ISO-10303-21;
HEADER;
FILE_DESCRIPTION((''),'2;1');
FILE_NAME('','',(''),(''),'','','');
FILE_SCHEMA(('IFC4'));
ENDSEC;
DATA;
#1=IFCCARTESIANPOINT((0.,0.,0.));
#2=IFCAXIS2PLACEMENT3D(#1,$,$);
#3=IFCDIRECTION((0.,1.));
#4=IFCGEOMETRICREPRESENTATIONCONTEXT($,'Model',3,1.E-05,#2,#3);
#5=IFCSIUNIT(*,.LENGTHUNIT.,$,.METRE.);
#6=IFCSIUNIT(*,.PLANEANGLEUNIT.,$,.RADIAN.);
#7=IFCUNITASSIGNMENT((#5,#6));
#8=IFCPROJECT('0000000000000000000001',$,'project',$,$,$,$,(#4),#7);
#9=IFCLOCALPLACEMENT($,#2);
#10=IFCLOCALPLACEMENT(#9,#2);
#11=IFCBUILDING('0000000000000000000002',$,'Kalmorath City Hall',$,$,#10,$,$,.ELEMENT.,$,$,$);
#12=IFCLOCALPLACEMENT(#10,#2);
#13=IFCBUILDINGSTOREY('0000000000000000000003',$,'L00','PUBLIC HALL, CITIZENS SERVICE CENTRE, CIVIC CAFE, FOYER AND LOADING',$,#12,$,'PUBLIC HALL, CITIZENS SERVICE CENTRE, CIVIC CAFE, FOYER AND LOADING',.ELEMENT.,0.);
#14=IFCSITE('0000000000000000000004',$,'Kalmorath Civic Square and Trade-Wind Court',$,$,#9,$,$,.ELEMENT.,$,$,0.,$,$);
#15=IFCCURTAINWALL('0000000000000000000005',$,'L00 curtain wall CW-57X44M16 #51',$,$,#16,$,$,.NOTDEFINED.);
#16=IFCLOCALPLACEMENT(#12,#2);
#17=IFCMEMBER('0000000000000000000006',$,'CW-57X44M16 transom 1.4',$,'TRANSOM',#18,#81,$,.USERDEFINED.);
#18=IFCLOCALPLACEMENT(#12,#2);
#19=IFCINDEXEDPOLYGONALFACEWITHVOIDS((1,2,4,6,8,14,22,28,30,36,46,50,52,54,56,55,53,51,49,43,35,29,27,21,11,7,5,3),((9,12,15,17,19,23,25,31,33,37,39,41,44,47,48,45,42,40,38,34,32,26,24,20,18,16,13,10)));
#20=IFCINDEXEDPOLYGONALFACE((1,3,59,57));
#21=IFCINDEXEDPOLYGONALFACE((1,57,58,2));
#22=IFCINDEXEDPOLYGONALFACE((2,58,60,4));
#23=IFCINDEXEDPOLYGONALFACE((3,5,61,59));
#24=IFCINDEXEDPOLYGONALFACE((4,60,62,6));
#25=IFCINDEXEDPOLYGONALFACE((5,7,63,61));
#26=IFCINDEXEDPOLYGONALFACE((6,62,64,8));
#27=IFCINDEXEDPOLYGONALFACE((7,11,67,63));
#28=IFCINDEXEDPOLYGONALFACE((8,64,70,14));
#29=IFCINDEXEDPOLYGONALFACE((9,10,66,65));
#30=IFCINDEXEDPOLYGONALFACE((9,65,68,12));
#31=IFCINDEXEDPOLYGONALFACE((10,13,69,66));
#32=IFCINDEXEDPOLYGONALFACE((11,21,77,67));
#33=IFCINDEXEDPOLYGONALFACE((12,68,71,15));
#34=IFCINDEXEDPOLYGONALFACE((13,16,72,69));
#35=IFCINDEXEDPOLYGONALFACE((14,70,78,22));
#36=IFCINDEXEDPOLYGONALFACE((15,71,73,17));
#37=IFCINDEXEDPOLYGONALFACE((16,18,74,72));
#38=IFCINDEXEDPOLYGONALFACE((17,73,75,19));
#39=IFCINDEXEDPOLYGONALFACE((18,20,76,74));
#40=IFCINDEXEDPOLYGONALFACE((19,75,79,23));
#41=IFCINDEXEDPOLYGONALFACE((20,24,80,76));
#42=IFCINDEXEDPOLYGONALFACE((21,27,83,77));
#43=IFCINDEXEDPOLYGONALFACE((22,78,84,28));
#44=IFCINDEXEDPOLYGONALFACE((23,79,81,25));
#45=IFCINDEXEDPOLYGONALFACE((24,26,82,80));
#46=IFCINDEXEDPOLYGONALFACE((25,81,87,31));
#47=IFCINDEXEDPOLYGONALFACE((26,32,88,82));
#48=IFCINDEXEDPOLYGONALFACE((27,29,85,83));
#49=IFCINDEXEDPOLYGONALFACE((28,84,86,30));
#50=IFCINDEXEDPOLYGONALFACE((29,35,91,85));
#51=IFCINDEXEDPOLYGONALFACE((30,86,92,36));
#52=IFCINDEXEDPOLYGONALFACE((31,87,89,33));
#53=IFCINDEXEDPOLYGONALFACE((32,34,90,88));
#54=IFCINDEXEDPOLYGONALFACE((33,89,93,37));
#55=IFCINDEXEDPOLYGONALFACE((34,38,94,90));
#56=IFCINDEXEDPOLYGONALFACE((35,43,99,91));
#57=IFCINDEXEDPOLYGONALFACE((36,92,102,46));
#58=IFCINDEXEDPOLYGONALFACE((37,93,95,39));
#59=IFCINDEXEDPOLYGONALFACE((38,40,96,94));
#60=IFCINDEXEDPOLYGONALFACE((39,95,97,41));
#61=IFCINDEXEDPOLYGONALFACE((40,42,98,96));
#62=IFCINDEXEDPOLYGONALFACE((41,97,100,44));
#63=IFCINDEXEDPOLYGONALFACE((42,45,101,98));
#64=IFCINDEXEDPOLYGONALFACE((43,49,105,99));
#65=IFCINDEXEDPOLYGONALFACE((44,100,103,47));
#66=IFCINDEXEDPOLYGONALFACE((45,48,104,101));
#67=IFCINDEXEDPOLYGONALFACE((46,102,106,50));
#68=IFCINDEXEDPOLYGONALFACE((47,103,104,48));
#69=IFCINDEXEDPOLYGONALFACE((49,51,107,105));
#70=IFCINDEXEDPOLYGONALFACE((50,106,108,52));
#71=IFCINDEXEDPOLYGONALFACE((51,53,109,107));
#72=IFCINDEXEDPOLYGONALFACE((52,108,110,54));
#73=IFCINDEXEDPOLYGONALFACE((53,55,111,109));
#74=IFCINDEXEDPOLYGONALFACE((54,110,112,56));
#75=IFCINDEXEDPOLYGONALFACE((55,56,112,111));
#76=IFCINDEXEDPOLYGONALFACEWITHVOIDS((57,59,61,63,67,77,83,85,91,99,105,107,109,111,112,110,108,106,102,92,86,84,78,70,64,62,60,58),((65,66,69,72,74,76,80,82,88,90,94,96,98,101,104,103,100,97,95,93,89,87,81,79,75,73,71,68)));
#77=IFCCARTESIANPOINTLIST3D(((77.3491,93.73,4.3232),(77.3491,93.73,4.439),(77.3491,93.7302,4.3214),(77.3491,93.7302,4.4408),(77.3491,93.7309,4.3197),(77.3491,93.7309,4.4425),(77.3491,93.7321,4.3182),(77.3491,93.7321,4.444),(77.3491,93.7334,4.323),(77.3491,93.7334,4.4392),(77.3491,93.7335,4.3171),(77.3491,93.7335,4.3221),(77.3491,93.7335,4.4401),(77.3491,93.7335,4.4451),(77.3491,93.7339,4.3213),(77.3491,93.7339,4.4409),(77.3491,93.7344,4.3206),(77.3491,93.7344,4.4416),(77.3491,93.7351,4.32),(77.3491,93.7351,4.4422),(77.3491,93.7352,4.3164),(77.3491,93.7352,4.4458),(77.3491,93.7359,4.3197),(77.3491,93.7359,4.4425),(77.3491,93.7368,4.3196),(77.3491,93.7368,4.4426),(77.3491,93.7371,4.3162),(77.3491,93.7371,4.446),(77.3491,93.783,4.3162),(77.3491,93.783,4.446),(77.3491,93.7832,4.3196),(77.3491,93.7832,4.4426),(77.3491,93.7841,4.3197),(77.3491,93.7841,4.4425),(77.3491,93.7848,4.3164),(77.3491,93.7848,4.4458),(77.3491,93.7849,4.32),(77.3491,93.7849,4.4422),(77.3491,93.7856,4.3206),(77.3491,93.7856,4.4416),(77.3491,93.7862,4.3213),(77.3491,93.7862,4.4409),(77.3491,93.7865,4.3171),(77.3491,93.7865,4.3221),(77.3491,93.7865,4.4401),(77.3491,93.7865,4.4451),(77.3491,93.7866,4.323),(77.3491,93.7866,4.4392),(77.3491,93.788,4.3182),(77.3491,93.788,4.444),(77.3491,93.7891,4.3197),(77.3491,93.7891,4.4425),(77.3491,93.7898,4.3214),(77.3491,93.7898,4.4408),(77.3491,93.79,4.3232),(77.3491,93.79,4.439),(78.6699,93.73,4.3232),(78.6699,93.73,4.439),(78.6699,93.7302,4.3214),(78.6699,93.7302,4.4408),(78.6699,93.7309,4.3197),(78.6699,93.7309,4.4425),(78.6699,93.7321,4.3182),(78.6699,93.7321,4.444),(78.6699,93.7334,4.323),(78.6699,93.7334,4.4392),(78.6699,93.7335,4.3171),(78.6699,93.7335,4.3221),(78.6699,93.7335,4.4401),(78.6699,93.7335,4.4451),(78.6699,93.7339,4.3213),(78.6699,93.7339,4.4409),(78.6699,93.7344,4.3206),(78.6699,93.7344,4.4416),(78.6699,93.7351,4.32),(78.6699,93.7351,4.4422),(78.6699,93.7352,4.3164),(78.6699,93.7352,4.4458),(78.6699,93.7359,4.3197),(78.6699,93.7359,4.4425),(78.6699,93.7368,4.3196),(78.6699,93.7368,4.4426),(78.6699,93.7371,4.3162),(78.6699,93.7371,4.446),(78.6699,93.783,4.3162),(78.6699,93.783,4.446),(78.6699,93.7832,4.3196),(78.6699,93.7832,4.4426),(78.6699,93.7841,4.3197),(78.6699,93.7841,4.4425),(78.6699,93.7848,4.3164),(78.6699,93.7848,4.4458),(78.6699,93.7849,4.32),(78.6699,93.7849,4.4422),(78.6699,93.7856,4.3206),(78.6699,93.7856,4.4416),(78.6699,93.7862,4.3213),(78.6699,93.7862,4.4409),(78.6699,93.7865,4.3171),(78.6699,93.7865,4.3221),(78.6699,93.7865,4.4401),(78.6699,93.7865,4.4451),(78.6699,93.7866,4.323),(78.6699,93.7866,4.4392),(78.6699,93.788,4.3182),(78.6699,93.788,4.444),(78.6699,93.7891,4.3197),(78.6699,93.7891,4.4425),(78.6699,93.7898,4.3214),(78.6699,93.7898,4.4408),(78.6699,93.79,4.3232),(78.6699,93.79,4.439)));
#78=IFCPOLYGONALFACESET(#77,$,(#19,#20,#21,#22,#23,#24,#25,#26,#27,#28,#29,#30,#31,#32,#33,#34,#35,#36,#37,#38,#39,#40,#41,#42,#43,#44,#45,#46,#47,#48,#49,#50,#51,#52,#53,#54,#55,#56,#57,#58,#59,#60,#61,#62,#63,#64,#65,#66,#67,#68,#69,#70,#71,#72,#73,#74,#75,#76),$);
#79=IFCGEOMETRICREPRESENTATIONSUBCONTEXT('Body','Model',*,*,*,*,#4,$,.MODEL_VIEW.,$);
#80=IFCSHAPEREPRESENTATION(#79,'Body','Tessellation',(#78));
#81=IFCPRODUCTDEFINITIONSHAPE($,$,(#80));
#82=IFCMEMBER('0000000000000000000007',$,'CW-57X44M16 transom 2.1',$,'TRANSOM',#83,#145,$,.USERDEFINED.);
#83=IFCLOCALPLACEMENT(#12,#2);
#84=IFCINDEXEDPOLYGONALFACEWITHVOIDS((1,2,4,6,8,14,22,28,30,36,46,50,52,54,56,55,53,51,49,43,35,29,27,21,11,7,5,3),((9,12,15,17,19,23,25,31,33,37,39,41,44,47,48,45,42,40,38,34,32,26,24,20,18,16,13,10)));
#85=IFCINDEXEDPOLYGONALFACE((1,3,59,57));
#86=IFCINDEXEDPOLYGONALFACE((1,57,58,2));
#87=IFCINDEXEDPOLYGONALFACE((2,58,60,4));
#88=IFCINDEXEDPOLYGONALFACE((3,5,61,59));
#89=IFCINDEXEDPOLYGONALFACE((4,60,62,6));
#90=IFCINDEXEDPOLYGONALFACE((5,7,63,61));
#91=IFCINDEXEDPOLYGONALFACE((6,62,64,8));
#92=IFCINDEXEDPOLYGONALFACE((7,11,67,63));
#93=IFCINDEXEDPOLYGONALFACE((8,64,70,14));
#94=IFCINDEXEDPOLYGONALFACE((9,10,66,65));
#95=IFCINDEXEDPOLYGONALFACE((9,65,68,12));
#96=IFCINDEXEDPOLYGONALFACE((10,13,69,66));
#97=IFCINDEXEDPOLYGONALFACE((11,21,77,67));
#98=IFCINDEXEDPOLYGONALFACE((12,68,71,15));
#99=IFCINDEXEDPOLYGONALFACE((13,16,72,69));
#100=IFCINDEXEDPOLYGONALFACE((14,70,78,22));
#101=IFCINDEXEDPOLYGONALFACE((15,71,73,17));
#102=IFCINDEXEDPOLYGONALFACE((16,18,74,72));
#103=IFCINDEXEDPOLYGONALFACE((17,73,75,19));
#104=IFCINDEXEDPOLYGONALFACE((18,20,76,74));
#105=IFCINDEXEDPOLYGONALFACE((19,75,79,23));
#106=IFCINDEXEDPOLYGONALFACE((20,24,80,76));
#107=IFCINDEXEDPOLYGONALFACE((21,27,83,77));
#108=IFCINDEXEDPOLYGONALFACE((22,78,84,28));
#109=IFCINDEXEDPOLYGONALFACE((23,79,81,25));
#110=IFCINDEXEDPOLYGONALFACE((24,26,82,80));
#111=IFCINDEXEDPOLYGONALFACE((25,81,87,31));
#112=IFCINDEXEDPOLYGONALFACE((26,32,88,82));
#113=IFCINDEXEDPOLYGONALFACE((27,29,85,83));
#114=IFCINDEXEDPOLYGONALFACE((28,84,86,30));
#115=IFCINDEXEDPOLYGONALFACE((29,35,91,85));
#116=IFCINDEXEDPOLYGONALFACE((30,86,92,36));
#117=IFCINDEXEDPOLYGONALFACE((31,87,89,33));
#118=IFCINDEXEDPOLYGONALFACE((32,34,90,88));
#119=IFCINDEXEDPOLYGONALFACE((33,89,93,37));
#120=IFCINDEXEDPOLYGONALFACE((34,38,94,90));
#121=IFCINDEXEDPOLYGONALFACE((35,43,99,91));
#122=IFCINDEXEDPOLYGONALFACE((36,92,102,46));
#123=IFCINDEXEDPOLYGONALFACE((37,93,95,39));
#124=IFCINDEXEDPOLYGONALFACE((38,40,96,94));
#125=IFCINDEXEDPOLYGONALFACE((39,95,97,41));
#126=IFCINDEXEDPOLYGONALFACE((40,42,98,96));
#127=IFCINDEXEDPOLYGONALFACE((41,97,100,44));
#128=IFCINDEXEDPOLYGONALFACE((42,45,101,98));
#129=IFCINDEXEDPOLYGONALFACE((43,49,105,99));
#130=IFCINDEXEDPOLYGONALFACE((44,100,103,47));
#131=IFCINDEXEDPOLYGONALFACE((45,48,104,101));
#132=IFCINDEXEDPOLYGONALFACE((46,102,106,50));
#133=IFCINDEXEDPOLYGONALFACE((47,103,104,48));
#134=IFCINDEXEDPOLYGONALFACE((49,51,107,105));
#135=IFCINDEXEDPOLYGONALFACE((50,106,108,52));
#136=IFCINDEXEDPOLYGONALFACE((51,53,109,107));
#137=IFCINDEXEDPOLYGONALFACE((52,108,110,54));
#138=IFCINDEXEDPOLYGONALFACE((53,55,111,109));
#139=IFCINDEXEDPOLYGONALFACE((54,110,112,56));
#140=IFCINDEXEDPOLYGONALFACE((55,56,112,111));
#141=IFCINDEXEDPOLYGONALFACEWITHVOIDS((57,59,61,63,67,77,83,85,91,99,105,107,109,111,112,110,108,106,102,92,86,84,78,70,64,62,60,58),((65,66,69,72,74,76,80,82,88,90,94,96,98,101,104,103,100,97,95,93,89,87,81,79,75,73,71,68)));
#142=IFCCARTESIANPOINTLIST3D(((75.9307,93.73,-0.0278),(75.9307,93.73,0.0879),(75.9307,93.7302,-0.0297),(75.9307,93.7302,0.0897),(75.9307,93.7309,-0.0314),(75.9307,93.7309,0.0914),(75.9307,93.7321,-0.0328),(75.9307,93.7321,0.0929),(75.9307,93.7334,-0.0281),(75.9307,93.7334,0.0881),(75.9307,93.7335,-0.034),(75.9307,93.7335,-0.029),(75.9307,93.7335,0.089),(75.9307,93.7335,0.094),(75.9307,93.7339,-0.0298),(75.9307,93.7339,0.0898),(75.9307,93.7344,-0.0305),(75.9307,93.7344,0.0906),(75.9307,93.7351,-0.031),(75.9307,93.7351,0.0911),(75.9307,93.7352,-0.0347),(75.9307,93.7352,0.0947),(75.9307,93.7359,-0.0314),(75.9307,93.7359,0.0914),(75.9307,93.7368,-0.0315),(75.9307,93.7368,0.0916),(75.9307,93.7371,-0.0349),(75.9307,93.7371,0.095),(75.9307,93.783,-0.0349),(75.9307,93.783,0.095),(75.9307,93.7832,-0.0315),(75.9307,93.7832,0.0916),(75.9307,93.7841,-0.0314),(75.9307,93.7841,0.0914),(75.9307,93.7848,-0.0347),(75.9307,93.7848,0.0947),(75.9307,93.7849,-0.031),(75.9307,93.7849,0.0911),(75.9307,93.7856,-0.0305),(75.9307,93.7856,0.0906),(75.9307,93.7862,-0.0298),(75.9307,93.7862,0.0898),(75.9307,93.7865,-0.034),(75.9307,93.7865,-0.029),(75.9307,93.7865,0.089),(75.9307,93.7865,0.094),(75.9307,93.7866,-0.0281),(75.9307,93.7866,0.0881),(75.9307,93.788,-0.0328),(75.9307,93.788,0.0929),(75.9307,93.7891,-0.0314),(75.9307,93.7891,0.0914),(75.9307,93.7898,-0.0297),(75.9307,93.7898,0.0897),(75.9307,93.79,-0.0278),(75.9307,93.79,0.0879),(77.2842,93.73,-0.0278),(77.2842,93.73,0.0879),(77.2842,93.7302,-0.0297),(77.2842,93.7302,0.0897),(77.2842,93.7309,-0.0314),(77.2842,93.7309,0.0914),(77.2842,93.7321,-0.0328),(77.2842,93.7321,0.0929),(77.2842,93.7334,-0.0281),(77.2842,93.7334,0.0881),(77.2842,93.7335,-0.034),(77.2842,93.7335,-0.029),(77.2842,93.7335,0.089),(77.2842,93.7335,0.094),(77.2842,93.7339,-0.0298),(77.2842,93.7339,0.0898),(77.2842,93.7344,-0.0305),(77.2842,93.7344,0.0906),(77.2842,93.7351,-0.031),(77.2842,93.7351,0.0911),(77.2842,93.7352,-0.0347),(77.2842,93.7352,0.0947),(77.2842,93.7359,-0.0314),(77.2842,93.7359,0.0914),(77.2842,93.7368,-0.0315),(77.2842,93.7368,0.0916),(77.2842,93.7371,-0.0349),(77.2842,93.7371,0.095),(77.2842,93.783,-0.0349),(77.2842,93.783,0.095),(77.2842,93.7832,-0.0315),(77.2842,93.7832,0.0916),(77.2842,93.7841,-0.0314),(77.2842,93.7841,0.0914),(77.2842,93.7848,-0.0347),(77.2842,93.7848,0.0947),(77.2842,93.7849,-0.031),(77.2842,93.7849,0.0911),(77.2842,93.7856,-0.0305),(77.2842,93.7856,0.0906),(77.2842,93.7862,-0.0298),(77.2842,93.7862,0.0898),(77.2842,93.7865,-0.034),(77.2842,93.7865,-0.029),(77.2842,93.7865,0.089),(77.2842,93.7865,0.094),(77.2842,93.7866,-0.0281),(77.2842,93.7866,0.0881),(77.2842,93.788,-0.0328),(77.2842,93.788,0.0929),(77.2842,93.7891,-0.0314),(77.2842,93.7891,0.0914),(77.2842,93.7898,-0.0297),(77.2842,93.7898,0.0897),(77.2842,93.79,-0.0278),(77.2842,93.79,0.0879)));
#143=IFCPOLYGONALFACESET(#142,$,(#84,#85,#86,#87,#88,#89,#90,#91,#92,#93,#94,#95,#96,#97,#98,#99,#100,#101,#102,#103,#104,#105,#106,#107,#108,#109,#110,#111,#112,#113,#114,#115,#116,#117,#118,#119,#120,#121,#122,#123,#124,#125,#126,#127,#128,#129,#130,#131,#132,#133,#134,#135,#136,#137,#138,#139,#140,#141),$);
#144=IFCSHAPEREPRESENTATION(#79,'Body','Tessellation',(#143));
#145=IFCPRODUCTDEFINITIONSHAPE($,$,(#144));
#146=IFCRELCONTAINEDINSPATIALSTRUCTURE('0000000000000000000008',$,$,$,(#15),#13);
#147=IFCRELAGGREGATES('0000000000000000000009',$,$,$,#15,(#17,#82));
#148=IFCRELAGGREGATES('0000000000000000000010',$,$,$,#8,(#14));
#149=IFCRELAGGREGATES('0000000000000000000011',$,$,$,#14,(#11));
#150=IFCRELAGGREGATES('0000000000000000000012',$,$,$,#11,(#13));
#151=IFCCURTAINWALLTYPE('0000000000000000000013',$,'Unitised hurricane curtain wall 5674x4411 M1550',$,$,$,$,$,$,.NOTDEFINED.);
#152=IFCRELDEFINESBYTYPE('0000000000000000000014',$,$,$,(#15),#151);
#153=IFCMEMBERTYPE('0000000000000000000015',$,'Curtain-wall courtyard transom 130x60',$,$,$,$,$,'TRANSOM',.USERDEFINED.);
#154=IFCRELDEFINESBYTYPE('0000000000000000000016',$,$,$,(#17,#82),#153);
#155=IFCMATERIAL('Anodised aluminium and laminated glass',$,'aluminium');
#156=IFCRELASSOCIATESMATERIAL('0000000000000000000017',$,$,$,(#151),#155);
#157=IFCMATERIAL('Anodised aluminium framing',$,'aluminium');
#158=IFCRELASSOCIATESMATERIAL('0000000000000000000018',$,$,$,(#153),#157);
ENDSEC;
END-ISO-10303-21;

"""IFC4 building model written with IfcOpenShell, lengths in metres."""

from ifc_helpers import new_model, si_unit, direction, frame, origin, origin_2d, place, context, subcontext, project, spatial, hollow_rectangle, extrude, material, material_profile, profile_set, type_object, element, aggregate, save


model = new_model("IFC4")

# Units and contexts
model_context = context("Model", 3, precision=1e-05, world=origin(), true_north=direction((0.0, 1.0)))
body_context = subcontext(model_context, "Body", "Model", "MODEL_VIEW")
ifc_project = project(units=[si_unit("LENGTHUNIT", "METRE"), si_unit("PLANEANGLEUNIT", "RADIAN")], contexts=[model_context])

# Site, building, storey
site_placement = place(None, origin())
site = spatial("IfcSite", under=ifc_project, at=site_placement, Name="Kalmorath Civic Square and Trade-Wind Court", CompositionType="ELEMENT", RefElevation=0.0)
building_placement = place(site_placement, origin())
building = spatial("IfcBuilding", under=site, at=building_placement, Name="Kalmorath City Hall", CompositionType="ELEMENT")
storey_placement = place(building_placement, origin())
storey = spatial("IfcBuildingStorey", under=building, at=storey_placement, Name="L00", Description="PUBLIC HALL, CITIZENS SERVICE CENTRE, CIVIC CAFE, FOYER AND LOADING", LongName="PUBLIC HALL, CITIZENS SERVICE CENTRE, CIVIC CAFE, FOYER AND LOADING", CompositionType="ELEMENT", Elevation=0.0)

# Curtain wall, members
ifc_material_1 = material(Name="Anodised aluminium and laminated glass", Category="aluminium")
curtain_wall_type = type_object("IfcCurtainWallType", Name="Unitised hurricane curtain wall 5674x4411 M1550", PredefinedType="NOTDEFINED", material=ifc_material_1)
curtain_wall_placement = place(storey_placement, origin())
curtain_wall = element("IfcCurtainWall", 1, at=curtain_wall_placement, inside=storey, type_object=curtain_wall_type, Name="L00 curtain wall CW-57X44M16 #51", PredefinedType="NOTDEFINED")
ifc_material_2 = material(Name="Anodised aluminium framing", Category="aluminium")
ifc_material_profile_1 = material_profile(ifc_material_2, hollow_rectangle(XDim=0.0601, YDim=0.1299, WallThickness=0.0034, InnerFilletRadius=0.0034, OuterFilletRadius=0.0071, at=origin_2d()), Name="ALU-TRN-130X60X3.5")
ifc_profile_set_1 = profile_set([ifc_material_profile_1], Name="Anodised aluminium framing")
member_type_1 = type_object("IfcMemberType", Name="Curtain-wall courtyard transom 130x60", ElementType="TRANSOM", PredefinedType="USERDEFINED", material=ifc_profile_set_1)
member_1_placement = place(storey_placement, frame((78.6699, 93.76, 4.3811), z_axis=(-1.0, 0.0, 0.0), x_axis=(0.0, -1.0, 0.0)))
member_1 = element("IfcMember", 2, at=member_1_placement, type_object=member_type_1, Name="CW-57X44M16 transom 1.4", ObjectType="TRANSOM", PredefinedType="USERDEFINED", context=body_context, shape_type="SweptSolid", body=[
    extrude(hollow_rectangle(XDim=0.0601, YDim=0.1299, WallThickness=0.0034, InnerFilletRadius=0.0034, OuterFilletRadius=0.0071, at=origin_2d()), origin(), (0.0, 0.0, 1.0), 1.3208),
])
member_2_placement = place(storey_placement, frame((77.2842, 93.76, 0.03), z_axis=(-1.0, 0.0, 0.0), x_axis=(0.0, -1.0, 0.0)))
member_2 = element("IfcMember", 3, at=member_2_placement, type_object=member_type_1, Name="CW-57X44M16 transom 2.1", ObjectType="TRANSOM", PredefinedType="USERDEFINED", context=body_context, shape_type="SweptSolid", body=[
    extrude(hollow_rectangle(XDim=0.0601, YDim=0.1299, WallThickness=0.0034, InnerFilletRadius=0.0034, OuterFilletRadius=0.0071, at=origin_2d()), origin(), (0.0, 0.0, 1.0), 1.3535),
])

aggregate(curtain_wall, [member_1, member_2])

save(model, "model.ifc")
